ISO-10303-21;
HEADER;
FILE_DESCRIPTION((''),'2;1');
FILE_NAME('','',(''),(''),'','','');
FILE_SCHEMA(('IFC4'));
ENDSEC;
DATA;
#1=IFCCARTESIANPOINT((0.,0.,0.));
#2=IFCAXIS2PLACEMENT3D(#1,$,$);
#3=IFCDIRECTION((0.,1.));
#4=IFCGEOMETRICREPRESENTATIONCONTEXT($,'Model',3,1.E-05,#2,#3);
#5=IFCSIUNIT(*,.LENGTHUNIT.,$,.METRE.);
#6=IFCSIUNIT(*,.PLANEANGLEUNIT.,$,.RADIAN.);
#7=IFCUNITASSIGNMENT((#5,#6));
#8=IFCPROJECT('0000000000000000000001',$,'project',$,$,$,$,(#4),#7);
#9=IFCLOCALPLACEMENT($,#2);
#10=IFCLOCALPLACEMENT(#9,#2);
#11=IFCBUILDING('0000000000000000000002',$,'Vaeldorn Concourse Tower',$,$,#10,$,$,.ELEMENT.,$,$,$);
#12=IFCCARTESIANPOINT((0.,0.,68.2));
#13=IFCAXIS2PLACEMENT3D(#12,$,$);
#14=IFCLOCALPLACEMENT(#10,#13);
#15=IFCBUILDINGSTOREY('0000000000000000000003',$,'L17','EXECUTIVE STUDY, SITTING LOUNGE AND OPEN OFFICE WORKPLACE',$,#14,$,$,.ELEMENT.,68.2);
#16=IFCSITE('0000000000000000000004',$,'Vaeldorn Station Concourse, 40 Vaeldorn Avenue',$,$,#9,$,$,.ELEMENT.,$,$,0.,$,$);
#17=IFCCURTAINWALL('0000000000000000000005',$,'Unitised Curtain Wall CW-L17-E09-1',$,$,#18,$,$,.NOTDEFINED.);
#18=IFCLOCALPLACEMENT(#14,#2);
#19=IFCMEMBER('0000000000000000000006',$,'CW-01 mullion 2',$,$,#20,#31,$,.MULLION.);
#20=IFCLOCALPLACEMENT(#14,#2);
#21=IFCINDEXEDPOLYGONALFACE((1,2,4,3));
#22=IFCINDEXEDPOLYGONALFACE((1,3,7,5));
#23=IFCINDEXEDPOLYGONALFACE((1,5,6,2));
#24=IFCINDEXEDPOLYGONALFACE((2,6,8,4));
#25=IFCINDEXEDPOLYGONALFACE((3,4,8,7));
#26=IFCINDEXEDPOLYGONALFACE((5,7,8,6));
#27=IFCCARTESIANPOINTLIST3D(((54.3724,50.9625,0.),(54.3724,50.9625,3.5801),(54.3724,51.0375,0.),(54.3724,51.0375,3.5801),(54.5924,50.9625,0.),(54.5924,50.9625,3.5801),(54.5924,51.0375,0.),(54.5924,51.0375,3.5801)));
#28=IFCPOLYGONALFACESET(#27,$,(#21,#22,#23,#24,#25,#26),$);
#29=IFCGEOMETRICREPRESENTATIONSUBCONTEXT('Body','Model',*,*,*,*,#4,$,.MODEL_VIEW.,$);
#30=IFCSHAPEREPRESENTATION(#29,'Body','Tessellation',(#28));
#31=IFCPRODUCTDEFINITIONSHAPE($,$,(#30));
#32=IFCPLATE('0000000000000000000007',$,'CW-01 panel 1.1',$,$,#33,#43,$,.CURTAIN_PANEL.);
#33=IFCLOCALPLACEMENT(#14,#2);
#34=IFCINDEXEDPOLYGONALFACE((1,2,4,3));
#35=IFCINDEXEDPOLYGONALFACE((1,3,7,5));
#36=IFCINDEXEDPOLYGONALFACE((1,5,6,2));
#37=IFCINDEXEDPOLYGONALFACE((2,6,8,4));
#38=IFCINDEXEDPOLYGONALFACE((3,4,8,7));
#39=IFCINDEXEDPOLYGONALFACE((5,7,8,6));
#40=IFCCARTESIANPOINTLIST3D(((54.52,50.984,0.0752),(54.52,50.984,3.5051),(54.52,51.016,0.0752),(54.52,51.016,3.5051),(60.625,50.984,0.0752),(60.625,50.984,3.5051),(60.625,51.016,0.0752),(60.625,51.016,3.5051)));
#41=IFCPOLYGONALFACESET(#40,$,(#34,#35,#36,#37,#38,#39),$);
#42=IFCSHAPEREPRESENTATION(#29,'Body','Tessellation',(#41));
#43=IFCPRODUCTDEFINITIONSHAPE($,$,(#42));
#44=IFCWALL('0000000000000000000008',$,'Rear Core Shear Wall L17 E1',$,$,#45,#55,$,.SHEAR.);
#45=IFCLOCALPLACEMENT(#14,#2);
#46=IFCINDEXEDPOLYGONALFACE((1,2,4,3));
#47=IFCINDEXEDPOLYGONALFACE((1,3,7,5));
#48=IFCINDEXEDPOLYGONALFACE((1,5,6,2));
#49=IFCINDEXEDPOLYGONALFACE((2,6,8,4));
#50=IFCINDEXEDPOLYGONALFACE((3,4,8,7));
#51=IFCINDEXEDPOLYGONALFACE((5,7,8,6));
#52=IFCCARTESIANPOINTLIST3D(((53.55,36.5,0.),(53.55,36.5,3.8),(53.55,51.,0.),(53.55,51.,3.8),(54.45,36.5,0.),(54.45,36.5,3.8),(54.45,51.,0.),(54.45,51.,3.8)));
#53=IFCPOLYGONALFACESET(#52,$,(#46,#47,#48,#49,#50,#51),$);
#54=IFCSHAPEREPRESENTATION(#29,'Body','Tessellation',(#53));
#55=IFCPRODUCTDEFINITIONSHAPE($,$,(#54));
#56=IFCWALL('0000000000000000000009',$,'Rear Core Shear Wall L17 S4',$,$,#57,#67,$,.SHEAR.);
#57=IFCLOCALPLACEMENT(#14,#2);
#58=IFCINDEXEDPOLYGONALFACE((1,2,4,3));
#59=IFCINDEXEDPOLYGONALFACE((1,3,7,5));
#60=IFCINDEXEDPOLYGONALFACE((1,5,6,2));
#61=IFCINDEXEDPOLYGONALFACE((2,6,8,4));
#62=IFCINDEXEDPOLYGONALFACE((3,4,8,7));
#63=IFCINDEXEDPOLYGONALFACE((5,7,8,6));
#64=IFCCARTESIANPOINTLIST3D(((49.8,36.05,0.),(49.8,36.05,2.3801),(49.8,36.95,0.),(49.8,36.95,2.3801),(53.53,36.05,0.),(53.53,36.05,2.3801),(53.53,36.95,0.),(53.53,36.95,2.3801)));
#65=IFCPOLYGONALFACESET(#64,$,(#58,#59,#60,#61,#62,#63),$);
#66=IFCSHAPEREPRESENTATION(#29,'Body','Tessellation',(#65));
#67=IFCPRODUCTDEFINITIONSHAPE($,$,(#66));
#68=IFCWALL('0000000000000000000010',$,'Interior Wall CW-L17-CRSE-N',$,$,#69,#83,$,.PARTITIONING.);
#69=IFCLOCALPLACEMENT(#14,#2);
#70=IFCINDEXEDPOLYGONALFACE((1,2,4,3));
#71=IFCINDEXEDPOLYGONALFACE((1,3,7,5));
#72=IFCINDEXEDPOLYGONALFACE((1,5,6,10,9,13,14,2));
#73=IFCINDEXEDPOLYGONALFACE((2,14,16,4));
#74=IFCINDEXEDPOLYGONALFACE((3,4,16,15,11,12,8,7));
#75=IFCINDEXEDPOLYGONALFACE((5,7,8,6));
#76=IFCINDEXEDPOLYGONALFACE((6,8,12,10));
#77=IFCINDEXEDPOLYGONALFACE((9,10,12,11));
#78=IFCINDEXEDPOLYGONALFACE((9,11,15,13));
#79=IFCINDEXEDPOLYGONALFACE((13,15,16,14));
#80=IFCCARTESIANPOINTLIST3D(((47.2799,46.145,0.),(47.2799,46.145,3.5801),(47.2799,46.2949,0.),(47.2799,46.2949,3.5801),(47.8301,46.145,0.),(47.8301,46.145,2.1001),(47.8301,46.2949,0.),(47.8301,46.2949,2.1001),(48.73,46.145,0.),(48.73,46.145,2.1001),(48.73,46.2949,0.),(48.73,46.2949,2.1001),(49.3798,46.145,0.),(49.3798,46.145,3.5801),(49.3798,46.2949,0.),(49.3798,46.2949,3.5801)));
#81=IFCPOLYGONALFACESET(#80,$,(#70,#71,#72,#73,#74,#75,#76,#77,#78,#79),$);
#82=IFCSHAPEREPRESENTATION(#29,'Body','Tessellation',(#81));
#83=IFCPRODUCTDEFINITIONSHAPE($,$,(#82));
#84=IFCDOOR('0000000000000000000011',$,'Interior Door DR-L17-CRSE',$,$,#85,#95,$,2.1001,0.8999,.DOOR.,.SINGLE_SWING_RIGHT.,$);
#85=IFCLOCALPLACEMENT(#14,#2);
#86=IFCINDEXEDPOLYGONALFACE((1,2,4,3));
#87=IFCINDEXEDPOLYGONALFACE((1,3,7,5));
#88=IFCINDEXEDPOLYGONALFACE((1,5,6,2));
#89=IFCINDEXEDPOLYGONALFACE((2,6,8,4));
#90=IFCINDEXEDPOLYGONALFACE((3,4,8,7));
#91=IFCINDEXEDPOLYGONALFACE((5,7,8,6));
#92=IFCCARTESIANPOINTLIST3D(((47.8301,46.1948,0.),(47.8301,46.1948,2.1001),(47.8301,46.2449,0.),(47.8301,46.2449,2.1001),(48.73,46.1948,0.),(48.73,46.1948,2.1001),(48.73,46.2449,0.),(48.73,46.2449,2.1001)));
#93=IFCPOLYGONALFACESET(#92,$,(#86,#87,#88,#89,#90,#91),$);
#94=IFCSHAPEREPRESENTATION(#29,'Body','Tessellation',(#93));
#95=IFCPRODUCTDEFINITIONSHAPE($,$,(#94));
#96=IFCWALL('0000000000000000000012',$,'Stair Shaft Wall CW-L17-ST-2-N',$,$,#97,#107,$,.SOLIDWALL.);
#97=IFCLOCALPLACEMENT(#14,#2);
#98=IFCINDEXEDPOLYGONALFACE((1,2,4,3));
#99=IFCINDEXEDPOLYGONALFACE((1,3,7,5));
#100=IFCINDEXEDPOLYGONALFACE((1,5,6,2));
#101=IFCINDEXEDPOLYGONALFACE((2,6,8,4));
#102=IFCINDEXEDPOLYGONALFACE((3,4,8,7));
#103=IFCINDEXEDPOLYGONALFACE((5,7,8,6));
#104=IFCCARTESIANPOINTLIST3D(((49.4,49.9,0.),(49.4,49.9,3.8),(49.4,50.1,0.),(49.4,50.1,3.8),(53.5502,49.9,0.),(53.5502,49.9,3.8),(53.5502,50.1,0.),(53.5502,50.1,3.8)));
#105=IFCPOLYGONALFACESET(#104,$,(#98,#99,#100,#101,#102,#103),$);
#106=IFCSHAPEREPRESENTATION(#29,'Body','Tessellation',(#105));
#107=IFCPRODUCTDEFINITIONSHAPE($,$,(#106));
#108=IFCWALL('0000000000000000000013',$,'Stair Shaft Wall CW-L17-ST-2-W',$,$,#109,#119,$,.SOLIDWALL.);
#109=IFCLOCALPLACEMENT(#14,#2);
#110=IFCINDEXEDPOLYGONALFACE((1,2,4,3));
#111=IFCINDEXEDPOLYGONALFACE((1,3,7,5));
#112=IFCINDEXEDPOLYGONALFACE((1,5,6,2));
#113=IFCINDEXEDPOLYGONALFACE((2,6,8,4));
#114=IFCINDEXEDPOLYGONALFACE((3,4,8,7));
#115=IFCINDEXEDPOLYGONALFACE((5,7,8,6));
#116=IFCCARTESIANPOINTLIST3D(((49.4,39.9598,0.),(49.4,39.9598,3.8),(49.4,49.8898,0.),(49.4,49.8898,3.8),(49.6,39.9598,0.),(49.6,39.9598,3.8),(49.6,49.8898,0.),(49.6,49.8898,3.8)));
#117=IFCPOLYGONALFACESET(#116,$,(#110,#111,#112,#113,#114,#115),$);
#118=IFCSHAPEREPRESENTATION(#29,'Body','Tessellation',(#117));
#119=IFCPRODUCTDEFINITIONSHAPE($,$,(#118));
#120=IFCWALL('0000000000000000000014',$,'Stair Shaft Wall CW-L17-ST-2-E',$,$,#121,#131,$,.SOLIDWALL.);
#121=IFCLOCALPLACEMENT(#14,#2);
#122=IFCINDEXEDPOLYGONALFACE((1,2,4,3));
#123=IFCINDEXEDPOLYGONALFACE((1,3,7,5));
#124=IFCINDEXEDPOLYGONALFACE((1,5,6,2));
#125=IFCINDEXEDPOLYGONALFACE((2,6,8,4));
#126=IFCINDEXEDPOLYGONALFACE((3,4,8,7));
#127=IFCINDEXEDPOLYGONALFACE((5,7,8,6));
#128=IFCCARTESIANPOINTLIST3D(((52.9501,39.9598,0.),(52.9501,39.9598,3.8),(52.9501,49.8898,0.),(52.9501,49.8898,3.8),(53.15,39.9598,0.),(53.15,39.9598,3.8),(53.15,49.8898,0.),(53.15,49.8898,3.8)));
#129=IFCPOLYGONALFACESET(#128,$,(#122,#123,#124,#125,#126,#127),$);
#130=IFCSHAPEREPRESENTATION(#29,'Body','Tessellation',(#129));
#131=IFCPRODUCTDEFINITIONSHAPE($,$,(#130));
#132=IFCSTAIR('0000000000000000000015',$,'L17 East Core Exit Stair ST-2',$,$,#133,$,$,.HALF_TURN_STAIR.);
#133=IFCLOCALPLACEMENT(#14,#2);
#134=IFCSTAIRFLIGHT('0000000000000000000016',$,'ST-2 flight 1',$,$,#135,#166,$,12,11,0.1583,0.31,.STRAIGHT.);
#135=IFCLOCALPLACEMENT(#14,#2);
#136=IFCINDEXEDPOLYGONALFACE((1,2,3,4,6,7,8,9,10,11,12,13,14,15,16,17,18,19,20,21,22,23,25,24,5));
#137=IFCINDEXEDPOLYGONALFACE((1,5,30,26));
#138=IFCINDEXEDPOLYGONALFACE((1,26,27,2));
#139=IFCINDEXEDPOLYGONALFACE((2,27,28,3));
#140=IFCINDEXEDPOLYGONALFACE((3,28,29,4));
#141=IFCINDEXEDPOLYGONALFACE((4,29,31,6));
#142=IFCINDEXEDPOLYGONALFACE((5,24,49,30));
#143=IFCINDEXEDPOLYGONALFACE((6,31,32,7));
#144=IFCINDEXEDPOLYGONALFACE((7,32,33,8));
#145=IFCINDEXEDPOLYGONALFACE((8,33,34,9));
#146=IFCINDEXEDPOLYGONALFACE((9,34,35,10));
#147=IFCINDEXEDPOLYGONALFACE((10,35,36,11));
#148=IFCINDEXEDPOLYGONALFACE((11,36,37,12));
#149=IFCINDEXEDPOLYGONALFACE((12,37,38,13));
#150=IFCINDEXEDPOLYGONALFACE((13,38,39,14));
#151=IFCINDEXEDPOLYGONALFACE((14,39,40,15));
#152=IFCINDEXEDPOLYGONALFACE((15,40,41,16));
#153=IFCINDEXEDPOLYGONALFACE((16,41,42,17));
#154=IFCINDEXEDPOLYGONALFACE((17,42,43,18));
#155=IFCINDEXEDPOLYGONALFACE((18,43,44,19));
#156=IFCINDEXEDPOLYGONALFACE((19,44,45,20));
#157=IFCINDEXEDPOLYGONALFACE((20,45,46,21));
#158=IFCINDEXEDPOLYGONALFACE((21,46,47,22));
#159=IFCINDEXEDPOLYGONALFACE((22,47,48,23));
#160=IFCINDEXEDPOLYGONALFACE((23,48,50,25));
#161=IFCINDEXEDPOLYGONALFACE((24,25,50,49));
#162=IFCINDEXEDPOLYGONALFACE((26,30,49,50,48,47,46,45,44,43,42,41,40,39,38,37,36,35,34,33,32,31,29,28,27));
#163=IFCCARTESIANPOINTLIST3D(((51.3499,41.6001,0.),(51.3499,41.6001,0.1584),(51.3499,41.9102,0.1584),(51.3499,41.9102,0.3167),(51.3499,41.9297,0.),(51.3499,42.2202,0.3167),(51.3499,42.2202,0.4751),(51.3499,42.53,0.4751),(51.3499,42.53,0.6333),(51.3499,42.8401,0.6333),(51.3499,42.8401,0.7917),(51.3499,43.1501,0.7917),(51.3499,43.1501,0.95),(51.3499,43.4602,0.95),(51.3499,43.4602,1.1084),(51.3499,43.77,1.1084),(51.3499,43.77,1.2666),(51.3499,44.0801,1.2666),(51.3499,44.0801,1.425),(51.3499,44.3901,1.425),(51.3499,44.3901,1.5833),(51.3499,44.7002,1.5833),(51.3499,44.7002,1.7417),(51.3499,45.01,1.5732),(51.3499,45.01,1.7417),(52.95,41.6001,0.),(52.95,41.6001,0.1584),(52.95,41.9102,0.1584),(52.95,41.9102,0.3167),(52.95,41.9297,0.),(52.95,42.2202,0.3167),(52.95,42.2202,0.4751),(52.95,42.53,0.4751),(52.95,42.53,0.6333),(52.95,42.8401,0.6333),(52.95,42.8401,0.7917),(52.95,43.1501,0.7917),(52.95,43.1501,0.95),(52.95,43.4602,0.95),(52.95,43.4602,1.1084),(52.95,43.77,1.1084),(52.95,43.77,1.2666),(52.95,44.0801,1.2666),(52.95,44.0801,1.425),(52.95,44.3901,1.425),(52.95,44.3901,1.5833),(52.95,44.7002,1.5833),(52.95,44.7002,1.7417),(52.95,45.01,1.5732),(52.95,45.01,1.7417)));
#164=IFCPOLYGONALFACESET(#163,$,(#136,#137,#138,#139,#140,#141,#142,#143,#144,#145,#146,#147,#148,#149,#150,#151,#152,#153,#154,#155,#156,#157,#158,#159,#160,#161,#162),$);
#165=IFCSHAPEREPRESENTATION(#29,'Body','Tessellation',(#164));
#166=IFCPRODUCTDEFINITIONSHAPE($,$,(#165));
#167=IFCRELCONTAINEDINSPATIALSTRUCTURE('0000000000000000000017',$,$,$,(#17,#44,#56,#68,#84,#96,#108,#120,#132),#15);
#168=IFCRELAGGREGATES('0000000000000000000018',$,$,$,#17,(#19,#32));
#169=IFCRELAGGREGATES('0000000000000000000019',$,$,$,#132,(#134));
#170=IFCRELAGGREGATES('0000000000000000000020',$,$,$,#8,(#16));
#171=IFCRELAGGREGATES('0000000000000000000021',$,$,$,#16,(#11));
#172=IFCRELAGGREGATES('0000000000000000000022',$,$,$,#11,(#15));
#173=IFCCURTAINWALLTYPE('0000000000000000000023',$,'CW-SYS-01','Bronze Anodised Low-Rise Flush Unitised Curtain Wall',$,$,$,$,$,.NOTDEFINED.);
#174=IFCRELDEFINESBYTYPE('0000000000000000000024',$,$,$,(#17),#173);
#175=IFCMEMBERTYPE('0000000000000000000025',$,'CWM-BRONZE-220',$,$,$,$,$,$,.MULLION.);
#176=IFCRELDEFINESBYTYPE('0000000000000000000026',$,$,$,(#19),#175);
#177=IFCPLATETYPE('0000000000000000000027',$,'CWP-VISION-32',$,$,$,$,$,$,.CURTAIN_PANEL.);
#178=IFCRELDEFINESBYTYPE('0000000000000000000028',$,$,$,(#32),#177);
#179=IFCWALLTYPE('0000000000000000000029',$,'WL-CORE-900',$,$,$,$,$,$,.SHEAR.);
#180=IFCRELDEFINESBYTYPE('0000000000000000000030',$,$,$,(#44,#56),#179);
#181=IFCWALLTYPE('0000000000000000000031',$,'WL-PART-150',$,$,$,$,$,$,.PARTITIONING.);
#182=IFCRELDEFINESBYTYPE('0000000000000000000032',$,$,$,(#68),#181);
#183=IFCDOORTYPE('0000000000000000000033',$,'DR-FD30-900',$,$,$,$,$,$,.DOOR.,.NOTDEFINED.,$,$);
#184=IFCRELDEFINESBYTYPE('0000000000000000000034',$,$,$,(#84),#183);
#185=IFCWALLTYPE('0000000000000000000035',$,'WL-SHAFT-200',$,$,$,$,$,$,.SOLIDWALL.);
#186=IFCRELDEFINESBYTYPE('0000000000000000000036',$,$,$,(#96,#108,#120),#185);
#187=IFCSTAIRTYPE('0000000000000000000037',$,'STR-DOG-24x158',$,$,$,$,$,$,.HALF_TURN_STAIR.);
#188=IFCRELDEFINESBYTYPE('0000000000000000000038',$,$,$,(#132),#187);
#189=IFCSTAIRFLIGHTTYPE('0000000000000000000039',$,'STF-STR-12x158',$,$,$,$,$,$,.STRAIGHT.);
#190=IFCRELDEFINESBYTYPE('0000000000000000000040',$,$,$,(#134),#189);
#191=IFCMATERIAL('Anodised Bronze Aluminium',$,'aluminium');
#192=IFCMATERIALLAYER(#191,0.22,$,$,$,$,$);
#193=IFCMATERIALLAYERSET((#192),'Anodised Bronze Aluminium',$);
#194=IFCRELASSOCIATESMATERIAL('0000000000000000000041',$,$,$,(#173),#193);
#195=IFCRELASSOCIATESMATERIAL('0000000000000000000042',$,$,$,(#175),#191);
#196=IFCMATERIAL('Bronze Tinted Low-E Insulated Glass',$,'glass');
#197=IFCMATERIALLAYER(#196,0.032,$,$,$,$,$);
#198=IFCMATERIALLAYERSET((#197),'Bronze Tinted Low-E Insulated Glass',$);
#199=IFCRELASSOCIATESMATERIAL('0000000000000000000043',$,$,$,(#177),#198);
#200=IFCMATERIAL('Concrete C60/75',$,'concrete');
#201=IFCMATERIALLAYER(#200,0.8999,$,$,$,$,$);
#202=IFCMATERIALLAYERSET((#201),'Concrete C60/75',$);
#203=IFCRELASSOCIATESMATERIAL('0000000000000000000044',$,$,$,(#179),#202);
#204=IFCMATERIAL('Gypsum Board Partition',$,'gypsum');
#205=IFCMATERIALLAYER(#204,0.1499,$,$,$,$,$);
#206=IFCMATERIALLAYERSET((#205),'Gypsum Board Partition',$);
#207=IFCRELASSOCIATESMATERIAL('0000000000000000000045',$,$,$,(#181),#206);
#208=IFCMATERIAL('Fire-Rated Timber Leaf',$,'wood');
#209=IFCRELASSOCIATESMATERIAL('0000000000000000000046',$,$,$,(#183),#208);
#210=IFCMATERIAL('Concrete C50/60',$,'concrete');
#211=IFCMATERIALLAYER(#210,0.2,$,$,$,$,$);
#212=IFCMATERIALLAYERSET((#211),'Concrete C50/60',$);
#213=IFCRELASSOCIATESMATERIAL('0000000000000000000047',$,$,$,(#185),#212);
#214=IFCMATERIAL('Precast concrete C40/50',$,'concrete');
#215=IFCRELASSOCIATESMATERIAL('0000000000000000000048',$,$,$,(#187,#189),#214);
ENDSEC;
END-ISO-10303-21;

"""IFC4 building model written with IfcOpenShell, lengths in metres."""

from ifc_helpers import new_model, si_unit, direction, frame, frame_2d, origin, origin_2d, place, context, subcontext, project, spatial, polyline, rectangle, outline, extrude, source, transform, mapped, material, layer, layer_set, material_profile, profile_set, type_object, element, fill, aggregate, save


model = new_model("IFC4")

# Units and contexts
model_context = context("Model", 3, precision=1e-05, world=origin(), true_north=direction((0.0, 1.0)))
body_context = subcontext(model_context, "Body", "Model", "MODEL_VIEW")
ifc_project = project(units=[si_unit("LENGTHUNIT", "METRE"), si_unit("PLANEANGLEUNIT", "RADIAN")], contexts=[model_context])

# Site, building, storey
site_placement = place(None, origin())
site = spatial("IfcSite", under=ifc_project, at=site_placement, Name="Vaeldorn Station Concourse, 40 Vaeldorn Avenue", CompositionType="ELEMENT", RefElevation=0.0)
building_placement = place(site_placement, origin())
building = spatial("IfcBuilding", under=site, at=building_placement, Name="Vaeldorn Concourse Tower", CompositionType="ELEMENT")
storey_placement = place(building_placement, frame((0.0, 0.0, 68.2)))
storey = spatial("IfcBuildingStorey", under=building, at=storey_placement, Name="L17", Description="EXECUTIVE STUDY, SITTING LOUNGE AND OPEN OFFICE WORKPLACE", CompositionType="ELEMENT", Elevation=68.2)

# Shared definitions
ifc_material_1 = material(Name="Concrete C60/75", Category="concrete")

# Curtain wall, member, plate
ifc_material_2 = material(Name="Anodised Bronze Aluminium", Category="aluminium")
ifc_layer_1 = layer(ifc_material_2, 0.22)
ifc_layer_set_1 = layer_set([ifc_layer_1], Name="Anodised Bronze Aluminium")
curtain_wall_type = type_object("IfcCurtainWallType", Name="CW-SYS-01", Description="Bronze Anodised Low-Rise Flush Unitised Curtain Wall", PredefinedType="NOTDEFINED", material=ifc_layer_set_1)
curtain_wall_placement = place(storey_placement, origin())
curtain_wall = element("IfcCurtainWall", 1, at=curtain_wall_placement, inside=storey, type_object=curtain_wall_type, Name="Unitised Curtain Wall CW-L17-E09-1", PredefinedType="NOTDEFINED")
ifc_material_profile_1 = material_profile(ifc_material_2, rectangle(XDim=0.075, YDim=0.22, at=origin_2d()), Name="CWM 75x220")
ifc_profile_set_1 = profile_set([ifc_material_profile_1], Name="Anodised Bronze Aluminium")
member_type = type_object("IfcMemberType", Name="CWM-BRONZE-220", PredefinedType="MULLION", material=ifc_profile_set_1)
shared_shape_1 = source(origin(), body_context, "Body", "SweptSolid", [
    extrude(rectangle(XDim=0.075, YDim=0.22, at=origin_2d()), origin(), (0.0, 0.0, 1.0), 3.5801),
])
member_placement = place(storey_placement, frame((54.4824, 51.0, 0.0), z_axis=(0.0, 0.0, 1.0), x_axis=(0.0, -1.0, 0.0)))
member = element("IfcMember", 2, at=member_placement, type_object=member_type, Name="CW-01 mullion 2", PredefinedType="MULLION", context=body_context, shape_type="MappedRepresentation", body=[
    mapped(shared_shape_1, transform((0.0, 0.0, 0.0), scale=1.0)),
])
ifc_material_3 = material(Name="Bronze Tinted Low-E Insulated Glass", Category="glass")
ifc_layer_2 = layer(ifc_material_3, 0.032)
ifc_layer_set_2 = layer_set([ifc_layer_2], Name="Bronze Tinted Low-E Insulated Glass")
plate_type = type_object("IfcPlateType", Name="CWP-VISION-32", PredefinedType="CURTAIN_PANEL", material=ifc_layer_set_2)
shared_shape_2 = source(origin(), body_context, "Body", "SweptSolid", [
    extrude(rectangle(XDim=6.105, YDim=0.032, at=origin_2d()), origin(), (0.0, 0.0, 1.0), 3.4299),
])
plate_placement = place(storey_placement, frame((57.5725, 51.0, 0.0752), z_axis=(0.0, 0.0, 1.0), x_axis=(-1.0, 0.0, 0.0)))
plate = element("IfcPlate", 3, at=plate_placement, type_object=plate_type, Name="CW-01 panel 1.1", PredefinedType="CURTAIN_PANEL", context=body_context, shape_type="MappedRepresentation", body=[
    mapped(shared_shape_2, transform((0.0, 0.0, 0.0), scale=1.0)),
])
aggregate(curtain_wall, [member, plate])

# Walls
ifc_layer_3 = layer(ifc_material_1, 0.8999)
ifc_layer_set_3 = layer_set([ifc_layer_3], Name="Concrete C60/75")
wall_type_1 = type_object("IfcWallType", Name="WL-CORE-900", PredefinedType="SHEAR", material=ifc_layer_set_3)
wall_1_placement = place(storey_placement, frame((54.0, 36.5, 0.0), z_axis=(0.0, 0.0, 1.0), x_axis=(0.0, 1.0, 0.0)))
element("IfcWall", 4, at=wall_1_placement, inside=storey, type_object=wall_type_1, Name="Rear Core Shear Wall L17 E1", PredefinedType="SHEAR", context=body_context, shape_type="SweptSolid", body=[
    extrude(rectangle(XDim=14.5, YDim=0.8999, at=frame_2d((7.25, 0.0))), origin(), (0.0, 0.0, 1.0), 3.8),
])
wall_2_placement = place(storey_placement, frame((49.8, 36.5, 0.0), z_axis=(0.0, 0.0, 1.0), x_axis=(1.0, 0.0, 0.0)))
element("IfcWall", 5, at=wall_2_placement, inside=storey, type_object=wall_type_1, Name="Rear Core Shear Wall L17 S4", PredefinedType="SHEAR", context=body_context, shape_type="SweptSolid", body=[
    extrude(rectangle(XDim=3.73, YDim=0.8999, at=frame_2d((1.865, 0.0))), origin(), (0.0, 0.0, 1.0), 2.3801),
])

# Wall, opening, door
ifc_material_4 = material(Name="Gypsum Board Partition", Category="gypsum")
ifc_layer_4 = layer(ifc_material_4, 0.1499)
ifc_layer_set_4 = layer_set([ifc_layer_4], Name="Gypsum Board Partition")
wall_type_2 = type_object("IfcWallType", Name="WL-PART-150", PredefinedType="PARTITIONING", material=ifc_layer_set_4)
wall_3_placement = place(storey_placement, frame((47.28, 46.22, 0.0), z_axis=(0.0, 0.0, 1.0), x_axis=(1.0, 0.0, 0.0)))
wall_3 = element("IfcWall", 6, at=wall_3_placement, inside=storey, type_object=wall_type_2, Name="Interior Wall CW-L17-CRSE-N", PredefinedType="PARTITIONING", context=body_context, shape_type="SweptSolid", body=[
    extrude(rectangle(XDim=2.0999, YDim=0.1499, at=frame_2d((1.0498, 0.0))), origin(), (0.0, 0.0, 1.0), 3.5801),
])
opening_1_placement = place(wall_3_placement, frame((0.55, 0.0, 0.0)))
opening_1 = element("IfcOpeningElement", 7, at=opening_1_placement, cuts=wall_3, PredefinedType="OPENING", context=body_context, shape_type="SweptSolid", body=[
    extrude(rectangle(XDim=0.8999, YDim=2.1001, at=frame_2d((0.45, 1.05))), frame((0.0, 0.085, 0.0), z_axis=(0.0, -1.0, 0.0), x_axis=(1.0, 0.0, 0.0)), (0.0, 0.0, 1.0), 0.1699),
])
ifc_material_5 = material(Name="Fire-Rated Timber Leaf", Category="wood")
door_type_1 = type_object("IfcDoorType", Name="DR-FD30-900", OperationType="NOTDEFINED", PredefinedType="DOOR", material=ifc_material_5)
shared_shape_3 = source(origin(), body_context, "Body", "SweptSolid", [
    extrude(rectangle(XDim=0.8999, YDim=2.1001, at=frame_2d((0.45, 1.05))), frame((0.0, 0.0249, 0.0), z_axis=(0.0, -1.0, 0.0), x_axis=(1.0, 0.0, 0.0)), (0.0, 0.0, 1.0), 0.05),
])
door_1_placement = place(opening_1_placement, origin())
door_1 = element("IfcDoor", 8, at=door_1_placement, inside=storey, type_object=door_type_1, Name="Interior Door DR-L17-CRSE", OperationType="SINGLE_SWING_RIGHT", OverallHeight=2.1001, OverallWidth=0.8999, PredefinedType="DOOR", context=body_context, shape_type="MappedRepresentation", body=[
    mapped(shared_shape_3, transform((0.0, 0.0, 0.0), scale=1.0)),
])
fill(opening_1, door_1)
ifc_material_6 = material(Name="Concrete C50/60", Category="concrete")
ifc_layer_5 = layer(ifc_material_6, 0.2)
ifc_layer_set_5 = layer_set([ifc_layer_5], Name="Concrete C50/60")
wall_type_3 = type_object("IfcWallType", Name="WL-SHAFT-200", PredefinedType="SOLIDWALL", material=ifc_layer_set_5)

# Walls
wall_4_placement = place(storey_placement, frame((49.3999, 50.0, 0.0), z_axis=(0.0, 0.0, 1.0), x_axis=(1.0, 0.0, 0.0)))
element("IfcWall", 9, at=wall_4_placement, inside=storey, type_object=wall_type_3, Name="Stair Shaft Wall CW-L17-ST-2-N", PredefinedType="SOLIDWALL", context=body_context, shape_type="SweptSolid", body=[
    extrude(rectangle(XDim=4.1501, YDim=0.2, at=frame_2d((2.0752, 0.0))), origin(), (0.0, 0.0, 1.0), 3.8),
])
for number, where, z_axis, x_axis, name in (
    (10, (49.5, 39.96, 0.0), (0.0, 0.0, 1.0), (0.0, 1.0, 0.0), "Stair Shaft Wall CW-L17-ST-2-W"),
    (11, (53.05, 39.96, 0.0), (0.0, 0.0, 1.0), (0.0, 1.0, 0.0), "Stair Shaft Wall CW-L17-ST-2-E"),
):
    element("IfcWall", number, at=place(storey_placement, frame(where, z_axis=z_axis, x_axis=x_axis)), inside=storey, type_object=wall_type_3, Name=name, PredefinedType="SOLIDWALL", context=body_context, shape_type="SweptSolid", body=[
        extrude(rectangle(XDim=9.9299, YDim=0.2, at=frame_2d((4.9648, 0.0))), origin(), (0.0, 0.0, 1.0), 3.8),
    ])

# Stair, stair flight
ifc_material_7 = material(Name="Precast concrete C40/50", Category="concrete")
stair_type = type_object("IfcStairType", Name="STR-DOG-24x158", PredefinedType="HALF_TURN_STAIR", material=ifc_material_7)
stair_placement = place(storey_placement, origin())
stair = element("IfcStair", 12, at=stair_placement, inside=storey, type_object=stair_type, Name="L17 East Core Exit Stair ST-2", PredefinedType="HALF_TURN_STAIR")
stair_flight_type = type_object("IfcStairFlightType", Name="STF-STR-12x158", PredefinedType="STRAIGHT", material=ifc_material_7)
stair_flight_1_placement = place(storey_placement, frame((52.1499, 41.6001, 0.0), z_axis=(0.0, 0.0, 1.0), x_axis=(0.0, 1.0, 0.0)))
stair_flight_1 = element("IfcStairFlight", 13, at=stair_flight_1_placement, type_object=stair_flight_type, Name="ST-2 flight 1", NumberOfRisers=12, NumberOfTreads=11, PredefinedType="STRAIGHT", RiserHeight=0.1583, TreadLength=0.31, context=body_context, shape_type="SweptSolid", body=[
    extrude(outline(polyline([(0.0, 0.0), (0.0, 0.1584), (0.3101, 0.1584), (0.3101, 0.3167), (0.6201, 0.3167), (0.6201, 0.4751), (0.9299, 0.4751), (0.9299, 0.6333), (1.24, 0.6333), (1.24, 0.7917), (1.55, 0.7917), (1.55, 0.95), (1.8601, 0.95), (1.8601, 1.1084), (2.1699, 1.1084), (2.1699, 1.2666), (2.48, 1.2666), (2.48, 1.425), (2.79, 1.425), (2.79, 1.5833), (3.1001, 1.5833), (3.1001, 1.7417), (3.4099, 1.7417), (3.4099, 1.8999), (3.4099, 1.5732), (0.3296, 0.0), (0.0, 0.0)])), frame((0.0, 0.8, 0.0), z_axis=(0.0, -1.0, 0.0), x_axis=(1.0, 0.0, 0.0)), (0.0, 0.0, 1.0), 1.6001),
])
aggregate(stair, [stair_flight_1])

save(model, "model.ifc")
